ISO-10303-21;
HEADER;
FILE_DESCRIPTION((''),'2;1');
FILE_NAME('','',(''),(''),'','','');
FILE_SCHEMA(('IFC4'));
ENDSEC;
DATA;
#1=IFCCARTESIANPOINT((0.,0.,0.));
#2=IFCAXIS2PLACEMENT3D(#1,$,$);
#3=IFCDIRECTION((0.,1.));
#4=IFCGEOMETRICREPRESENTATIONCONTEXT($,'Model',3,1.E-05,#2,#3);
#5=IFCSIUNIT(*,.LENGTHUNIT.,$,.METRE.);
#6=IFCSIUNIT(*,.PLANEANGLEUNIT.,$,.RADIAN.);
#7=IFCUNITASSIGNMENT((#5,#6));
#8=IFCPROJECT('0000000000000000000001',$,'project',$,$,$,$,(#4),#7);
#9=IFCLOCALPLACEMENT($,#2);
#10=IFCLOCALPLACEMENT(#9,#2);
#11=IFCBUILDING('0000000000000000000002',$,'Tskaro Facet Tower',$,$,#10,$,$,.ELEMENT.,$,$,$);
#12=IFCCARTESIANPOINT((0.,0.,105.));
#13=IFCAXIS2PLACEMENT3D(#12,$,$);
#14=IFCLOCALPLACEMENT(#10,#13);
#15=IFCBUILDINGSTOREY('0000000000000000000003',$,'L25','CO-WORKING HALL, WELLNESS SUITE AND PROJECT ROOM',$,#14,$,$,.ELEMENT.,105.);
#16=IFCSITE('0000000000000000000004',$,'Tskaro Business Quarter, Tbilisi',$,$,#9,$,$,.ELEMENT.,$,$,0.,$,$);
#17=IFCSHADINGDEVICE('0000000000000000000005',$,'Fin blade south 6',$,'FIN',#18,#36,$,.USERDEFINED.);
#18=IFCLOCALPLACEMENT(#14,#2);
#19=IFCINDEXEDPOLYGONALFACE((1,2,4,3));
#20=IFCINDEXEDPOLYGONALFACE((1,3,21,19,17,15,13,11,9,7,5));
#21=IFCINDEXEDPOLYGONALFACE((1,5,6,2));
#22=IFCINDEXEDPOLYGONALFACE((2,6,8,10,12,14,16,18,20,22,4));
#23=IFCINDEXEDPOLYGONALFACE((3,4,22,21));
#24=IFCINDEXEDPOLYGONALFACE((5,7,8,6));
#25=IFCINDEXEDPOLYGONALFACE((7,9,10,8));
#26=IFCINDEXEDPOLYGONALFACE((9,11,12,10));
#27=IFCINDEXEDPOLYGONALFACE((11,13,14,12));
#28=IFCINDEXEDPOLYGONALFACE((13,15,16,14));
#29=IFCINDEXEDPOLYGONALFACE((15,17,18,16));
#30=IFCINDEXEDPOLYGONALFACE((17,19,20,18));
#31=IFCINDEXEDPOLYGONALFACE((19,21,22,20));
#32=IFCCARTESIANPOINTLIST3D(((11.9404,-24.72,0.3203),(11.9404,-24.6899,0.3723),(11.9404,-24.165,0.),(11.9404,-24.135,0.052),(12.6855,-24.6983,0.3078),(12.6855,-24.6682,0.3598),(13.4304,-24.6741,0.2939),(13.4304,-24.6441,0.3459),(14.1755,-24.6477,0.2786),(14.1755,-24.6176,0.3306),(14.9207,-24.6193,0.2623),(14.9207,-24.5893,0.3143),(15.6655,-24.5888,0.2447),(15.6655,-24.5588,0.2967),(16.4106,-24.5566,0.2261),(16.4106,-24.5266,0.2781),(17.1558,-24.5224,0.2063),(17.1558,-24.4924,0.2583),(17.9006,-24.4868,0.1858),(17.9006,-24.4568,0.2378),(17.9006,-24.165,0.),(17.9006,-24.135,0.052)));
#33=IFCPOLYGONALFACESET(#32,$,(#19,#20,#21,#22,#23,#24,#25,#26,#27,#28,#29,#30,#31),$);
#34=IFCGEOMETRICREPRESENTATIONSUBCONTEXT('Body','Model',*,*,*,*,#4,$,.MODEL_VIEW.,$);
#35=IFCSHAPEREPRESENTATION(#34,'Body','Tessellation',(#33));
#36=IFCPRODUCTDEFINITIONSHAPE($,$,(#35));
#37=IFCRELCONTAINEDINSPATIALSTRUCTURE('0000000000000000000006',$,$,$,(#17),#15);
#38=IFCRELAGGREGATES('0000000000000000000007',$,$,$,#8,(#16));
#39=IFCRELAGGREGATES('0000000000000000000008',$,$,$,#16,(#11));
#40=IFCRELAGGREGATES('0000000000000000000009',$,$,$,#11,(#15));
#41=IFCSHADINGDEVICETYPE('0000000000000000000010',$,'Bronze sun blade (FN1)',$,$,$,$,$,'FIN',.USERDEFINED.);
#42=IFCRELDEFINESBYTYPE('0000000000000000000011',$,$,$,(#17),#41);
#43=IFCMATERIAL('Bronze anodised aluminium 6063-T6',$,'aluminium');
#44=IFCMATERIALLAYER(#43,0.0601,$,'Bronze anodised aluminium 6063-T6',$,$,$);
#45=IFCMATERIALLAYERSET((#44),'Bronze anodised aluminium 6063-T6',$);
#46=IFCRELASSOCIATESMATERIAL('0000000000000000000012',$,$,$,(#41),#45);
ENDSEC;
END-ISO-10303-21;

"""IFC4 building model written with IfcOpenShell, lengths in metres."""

from ifc_helpers import new_model, si_unit, direction, frame, origin, place, context, subcontext, project, spatial, polyline, outline, extrude, material, layer, layer_set, type_object, element, save


model = new_model("IFC4")

# Units and contexts
model_context = context("Model", 3, precision=1e-05, world=origin(), true_north=direction((0.0, 1.0)))
body_context = subcontext(model_context, "Body", "Model", "MODEL_VIEW")
ifc_project = project(units=[si_unit("LENGTHUNIT", "METRE"), si_unit("PLANEANGLEUNIT", "RADIAN")], contexts=[model_context])

# Site, building, storey
site_placement = place(None, origin())
site = spatial("IfcSite", under=ifc_project, at=site_placement, Name="Tskaro Business Quarter, Tbilisi", CompositionType="ELEMENT", RefElevation=0.0)
building_placement = place(site_placement, origin())
building = spatial("IfcBuilding", under=site, at=building_placement, Name="Tskaro Facet Tower", CompositionType="ELEMENT")
storey_placement = place(building_placement, frame((0.0, 0.0, 105.0)))
storey = spatial("IfcBuildingStorey", under=building, at=storey_placement, Name="L25", Description="CO-WORKING HALL, WELLNESS SUITE AND PROJECT ROOM", CompositionType="ELEMENT", Elevation=105.0)

# Shared definitions
ifc_material_1 = material(Name="Bronze anodised aluminium 6063-T6", Category="aluminium")

# Shading device
ifc_layer_1 = layer(ifc_material_1, 0.0601, Name="Bronze anodised aluminium 6063-T6")
ifc_layer_set_1 = layer_set([ifc_layer_1], Name="Bronze anodised aluminium 6063-T6")
shading_device_type = type_object("IfcShadingDeviceType", Name="Bronze sun blade (FN1)", ElementType="FIN", PredefinedType="USERDEFINED", material=ifc_layer_set_1)
shading_device_1_placement = place(storey_placement, frame((11.9404, -24.135, 0.052), z_axis=(-0.000004, 0.499943, 0.866059), x_axis=(1.0, 0.000002, 0.000004)))
element("IfcShadingDevice", 1, at=shading_device_1_placement, inside=storey, type_object=shading_device_type, Name="Fin blade south 6", ObjectType="FIN", PredefinedType="USERDEFINED", context=body_context, shape_type="SweptSolid", body=[
    extrude(outline(polyline([(0.0, 0.0), (5.9602, 0.0), (5.9602, -0.3716), (5.2153, -0.4127), (4.4702, -0.4522), (3.7251, -0.4894), (2.9802, -0.5246), (2.2351, -0.5573), (1.49, -0.5878), (0.7451, -0.6157), (0.0, -0.6407), (0.0, 0.0)])), origin(), (0.0, 0.0, -1.0), 0.0601),
])

save(model, "model.ifc")
